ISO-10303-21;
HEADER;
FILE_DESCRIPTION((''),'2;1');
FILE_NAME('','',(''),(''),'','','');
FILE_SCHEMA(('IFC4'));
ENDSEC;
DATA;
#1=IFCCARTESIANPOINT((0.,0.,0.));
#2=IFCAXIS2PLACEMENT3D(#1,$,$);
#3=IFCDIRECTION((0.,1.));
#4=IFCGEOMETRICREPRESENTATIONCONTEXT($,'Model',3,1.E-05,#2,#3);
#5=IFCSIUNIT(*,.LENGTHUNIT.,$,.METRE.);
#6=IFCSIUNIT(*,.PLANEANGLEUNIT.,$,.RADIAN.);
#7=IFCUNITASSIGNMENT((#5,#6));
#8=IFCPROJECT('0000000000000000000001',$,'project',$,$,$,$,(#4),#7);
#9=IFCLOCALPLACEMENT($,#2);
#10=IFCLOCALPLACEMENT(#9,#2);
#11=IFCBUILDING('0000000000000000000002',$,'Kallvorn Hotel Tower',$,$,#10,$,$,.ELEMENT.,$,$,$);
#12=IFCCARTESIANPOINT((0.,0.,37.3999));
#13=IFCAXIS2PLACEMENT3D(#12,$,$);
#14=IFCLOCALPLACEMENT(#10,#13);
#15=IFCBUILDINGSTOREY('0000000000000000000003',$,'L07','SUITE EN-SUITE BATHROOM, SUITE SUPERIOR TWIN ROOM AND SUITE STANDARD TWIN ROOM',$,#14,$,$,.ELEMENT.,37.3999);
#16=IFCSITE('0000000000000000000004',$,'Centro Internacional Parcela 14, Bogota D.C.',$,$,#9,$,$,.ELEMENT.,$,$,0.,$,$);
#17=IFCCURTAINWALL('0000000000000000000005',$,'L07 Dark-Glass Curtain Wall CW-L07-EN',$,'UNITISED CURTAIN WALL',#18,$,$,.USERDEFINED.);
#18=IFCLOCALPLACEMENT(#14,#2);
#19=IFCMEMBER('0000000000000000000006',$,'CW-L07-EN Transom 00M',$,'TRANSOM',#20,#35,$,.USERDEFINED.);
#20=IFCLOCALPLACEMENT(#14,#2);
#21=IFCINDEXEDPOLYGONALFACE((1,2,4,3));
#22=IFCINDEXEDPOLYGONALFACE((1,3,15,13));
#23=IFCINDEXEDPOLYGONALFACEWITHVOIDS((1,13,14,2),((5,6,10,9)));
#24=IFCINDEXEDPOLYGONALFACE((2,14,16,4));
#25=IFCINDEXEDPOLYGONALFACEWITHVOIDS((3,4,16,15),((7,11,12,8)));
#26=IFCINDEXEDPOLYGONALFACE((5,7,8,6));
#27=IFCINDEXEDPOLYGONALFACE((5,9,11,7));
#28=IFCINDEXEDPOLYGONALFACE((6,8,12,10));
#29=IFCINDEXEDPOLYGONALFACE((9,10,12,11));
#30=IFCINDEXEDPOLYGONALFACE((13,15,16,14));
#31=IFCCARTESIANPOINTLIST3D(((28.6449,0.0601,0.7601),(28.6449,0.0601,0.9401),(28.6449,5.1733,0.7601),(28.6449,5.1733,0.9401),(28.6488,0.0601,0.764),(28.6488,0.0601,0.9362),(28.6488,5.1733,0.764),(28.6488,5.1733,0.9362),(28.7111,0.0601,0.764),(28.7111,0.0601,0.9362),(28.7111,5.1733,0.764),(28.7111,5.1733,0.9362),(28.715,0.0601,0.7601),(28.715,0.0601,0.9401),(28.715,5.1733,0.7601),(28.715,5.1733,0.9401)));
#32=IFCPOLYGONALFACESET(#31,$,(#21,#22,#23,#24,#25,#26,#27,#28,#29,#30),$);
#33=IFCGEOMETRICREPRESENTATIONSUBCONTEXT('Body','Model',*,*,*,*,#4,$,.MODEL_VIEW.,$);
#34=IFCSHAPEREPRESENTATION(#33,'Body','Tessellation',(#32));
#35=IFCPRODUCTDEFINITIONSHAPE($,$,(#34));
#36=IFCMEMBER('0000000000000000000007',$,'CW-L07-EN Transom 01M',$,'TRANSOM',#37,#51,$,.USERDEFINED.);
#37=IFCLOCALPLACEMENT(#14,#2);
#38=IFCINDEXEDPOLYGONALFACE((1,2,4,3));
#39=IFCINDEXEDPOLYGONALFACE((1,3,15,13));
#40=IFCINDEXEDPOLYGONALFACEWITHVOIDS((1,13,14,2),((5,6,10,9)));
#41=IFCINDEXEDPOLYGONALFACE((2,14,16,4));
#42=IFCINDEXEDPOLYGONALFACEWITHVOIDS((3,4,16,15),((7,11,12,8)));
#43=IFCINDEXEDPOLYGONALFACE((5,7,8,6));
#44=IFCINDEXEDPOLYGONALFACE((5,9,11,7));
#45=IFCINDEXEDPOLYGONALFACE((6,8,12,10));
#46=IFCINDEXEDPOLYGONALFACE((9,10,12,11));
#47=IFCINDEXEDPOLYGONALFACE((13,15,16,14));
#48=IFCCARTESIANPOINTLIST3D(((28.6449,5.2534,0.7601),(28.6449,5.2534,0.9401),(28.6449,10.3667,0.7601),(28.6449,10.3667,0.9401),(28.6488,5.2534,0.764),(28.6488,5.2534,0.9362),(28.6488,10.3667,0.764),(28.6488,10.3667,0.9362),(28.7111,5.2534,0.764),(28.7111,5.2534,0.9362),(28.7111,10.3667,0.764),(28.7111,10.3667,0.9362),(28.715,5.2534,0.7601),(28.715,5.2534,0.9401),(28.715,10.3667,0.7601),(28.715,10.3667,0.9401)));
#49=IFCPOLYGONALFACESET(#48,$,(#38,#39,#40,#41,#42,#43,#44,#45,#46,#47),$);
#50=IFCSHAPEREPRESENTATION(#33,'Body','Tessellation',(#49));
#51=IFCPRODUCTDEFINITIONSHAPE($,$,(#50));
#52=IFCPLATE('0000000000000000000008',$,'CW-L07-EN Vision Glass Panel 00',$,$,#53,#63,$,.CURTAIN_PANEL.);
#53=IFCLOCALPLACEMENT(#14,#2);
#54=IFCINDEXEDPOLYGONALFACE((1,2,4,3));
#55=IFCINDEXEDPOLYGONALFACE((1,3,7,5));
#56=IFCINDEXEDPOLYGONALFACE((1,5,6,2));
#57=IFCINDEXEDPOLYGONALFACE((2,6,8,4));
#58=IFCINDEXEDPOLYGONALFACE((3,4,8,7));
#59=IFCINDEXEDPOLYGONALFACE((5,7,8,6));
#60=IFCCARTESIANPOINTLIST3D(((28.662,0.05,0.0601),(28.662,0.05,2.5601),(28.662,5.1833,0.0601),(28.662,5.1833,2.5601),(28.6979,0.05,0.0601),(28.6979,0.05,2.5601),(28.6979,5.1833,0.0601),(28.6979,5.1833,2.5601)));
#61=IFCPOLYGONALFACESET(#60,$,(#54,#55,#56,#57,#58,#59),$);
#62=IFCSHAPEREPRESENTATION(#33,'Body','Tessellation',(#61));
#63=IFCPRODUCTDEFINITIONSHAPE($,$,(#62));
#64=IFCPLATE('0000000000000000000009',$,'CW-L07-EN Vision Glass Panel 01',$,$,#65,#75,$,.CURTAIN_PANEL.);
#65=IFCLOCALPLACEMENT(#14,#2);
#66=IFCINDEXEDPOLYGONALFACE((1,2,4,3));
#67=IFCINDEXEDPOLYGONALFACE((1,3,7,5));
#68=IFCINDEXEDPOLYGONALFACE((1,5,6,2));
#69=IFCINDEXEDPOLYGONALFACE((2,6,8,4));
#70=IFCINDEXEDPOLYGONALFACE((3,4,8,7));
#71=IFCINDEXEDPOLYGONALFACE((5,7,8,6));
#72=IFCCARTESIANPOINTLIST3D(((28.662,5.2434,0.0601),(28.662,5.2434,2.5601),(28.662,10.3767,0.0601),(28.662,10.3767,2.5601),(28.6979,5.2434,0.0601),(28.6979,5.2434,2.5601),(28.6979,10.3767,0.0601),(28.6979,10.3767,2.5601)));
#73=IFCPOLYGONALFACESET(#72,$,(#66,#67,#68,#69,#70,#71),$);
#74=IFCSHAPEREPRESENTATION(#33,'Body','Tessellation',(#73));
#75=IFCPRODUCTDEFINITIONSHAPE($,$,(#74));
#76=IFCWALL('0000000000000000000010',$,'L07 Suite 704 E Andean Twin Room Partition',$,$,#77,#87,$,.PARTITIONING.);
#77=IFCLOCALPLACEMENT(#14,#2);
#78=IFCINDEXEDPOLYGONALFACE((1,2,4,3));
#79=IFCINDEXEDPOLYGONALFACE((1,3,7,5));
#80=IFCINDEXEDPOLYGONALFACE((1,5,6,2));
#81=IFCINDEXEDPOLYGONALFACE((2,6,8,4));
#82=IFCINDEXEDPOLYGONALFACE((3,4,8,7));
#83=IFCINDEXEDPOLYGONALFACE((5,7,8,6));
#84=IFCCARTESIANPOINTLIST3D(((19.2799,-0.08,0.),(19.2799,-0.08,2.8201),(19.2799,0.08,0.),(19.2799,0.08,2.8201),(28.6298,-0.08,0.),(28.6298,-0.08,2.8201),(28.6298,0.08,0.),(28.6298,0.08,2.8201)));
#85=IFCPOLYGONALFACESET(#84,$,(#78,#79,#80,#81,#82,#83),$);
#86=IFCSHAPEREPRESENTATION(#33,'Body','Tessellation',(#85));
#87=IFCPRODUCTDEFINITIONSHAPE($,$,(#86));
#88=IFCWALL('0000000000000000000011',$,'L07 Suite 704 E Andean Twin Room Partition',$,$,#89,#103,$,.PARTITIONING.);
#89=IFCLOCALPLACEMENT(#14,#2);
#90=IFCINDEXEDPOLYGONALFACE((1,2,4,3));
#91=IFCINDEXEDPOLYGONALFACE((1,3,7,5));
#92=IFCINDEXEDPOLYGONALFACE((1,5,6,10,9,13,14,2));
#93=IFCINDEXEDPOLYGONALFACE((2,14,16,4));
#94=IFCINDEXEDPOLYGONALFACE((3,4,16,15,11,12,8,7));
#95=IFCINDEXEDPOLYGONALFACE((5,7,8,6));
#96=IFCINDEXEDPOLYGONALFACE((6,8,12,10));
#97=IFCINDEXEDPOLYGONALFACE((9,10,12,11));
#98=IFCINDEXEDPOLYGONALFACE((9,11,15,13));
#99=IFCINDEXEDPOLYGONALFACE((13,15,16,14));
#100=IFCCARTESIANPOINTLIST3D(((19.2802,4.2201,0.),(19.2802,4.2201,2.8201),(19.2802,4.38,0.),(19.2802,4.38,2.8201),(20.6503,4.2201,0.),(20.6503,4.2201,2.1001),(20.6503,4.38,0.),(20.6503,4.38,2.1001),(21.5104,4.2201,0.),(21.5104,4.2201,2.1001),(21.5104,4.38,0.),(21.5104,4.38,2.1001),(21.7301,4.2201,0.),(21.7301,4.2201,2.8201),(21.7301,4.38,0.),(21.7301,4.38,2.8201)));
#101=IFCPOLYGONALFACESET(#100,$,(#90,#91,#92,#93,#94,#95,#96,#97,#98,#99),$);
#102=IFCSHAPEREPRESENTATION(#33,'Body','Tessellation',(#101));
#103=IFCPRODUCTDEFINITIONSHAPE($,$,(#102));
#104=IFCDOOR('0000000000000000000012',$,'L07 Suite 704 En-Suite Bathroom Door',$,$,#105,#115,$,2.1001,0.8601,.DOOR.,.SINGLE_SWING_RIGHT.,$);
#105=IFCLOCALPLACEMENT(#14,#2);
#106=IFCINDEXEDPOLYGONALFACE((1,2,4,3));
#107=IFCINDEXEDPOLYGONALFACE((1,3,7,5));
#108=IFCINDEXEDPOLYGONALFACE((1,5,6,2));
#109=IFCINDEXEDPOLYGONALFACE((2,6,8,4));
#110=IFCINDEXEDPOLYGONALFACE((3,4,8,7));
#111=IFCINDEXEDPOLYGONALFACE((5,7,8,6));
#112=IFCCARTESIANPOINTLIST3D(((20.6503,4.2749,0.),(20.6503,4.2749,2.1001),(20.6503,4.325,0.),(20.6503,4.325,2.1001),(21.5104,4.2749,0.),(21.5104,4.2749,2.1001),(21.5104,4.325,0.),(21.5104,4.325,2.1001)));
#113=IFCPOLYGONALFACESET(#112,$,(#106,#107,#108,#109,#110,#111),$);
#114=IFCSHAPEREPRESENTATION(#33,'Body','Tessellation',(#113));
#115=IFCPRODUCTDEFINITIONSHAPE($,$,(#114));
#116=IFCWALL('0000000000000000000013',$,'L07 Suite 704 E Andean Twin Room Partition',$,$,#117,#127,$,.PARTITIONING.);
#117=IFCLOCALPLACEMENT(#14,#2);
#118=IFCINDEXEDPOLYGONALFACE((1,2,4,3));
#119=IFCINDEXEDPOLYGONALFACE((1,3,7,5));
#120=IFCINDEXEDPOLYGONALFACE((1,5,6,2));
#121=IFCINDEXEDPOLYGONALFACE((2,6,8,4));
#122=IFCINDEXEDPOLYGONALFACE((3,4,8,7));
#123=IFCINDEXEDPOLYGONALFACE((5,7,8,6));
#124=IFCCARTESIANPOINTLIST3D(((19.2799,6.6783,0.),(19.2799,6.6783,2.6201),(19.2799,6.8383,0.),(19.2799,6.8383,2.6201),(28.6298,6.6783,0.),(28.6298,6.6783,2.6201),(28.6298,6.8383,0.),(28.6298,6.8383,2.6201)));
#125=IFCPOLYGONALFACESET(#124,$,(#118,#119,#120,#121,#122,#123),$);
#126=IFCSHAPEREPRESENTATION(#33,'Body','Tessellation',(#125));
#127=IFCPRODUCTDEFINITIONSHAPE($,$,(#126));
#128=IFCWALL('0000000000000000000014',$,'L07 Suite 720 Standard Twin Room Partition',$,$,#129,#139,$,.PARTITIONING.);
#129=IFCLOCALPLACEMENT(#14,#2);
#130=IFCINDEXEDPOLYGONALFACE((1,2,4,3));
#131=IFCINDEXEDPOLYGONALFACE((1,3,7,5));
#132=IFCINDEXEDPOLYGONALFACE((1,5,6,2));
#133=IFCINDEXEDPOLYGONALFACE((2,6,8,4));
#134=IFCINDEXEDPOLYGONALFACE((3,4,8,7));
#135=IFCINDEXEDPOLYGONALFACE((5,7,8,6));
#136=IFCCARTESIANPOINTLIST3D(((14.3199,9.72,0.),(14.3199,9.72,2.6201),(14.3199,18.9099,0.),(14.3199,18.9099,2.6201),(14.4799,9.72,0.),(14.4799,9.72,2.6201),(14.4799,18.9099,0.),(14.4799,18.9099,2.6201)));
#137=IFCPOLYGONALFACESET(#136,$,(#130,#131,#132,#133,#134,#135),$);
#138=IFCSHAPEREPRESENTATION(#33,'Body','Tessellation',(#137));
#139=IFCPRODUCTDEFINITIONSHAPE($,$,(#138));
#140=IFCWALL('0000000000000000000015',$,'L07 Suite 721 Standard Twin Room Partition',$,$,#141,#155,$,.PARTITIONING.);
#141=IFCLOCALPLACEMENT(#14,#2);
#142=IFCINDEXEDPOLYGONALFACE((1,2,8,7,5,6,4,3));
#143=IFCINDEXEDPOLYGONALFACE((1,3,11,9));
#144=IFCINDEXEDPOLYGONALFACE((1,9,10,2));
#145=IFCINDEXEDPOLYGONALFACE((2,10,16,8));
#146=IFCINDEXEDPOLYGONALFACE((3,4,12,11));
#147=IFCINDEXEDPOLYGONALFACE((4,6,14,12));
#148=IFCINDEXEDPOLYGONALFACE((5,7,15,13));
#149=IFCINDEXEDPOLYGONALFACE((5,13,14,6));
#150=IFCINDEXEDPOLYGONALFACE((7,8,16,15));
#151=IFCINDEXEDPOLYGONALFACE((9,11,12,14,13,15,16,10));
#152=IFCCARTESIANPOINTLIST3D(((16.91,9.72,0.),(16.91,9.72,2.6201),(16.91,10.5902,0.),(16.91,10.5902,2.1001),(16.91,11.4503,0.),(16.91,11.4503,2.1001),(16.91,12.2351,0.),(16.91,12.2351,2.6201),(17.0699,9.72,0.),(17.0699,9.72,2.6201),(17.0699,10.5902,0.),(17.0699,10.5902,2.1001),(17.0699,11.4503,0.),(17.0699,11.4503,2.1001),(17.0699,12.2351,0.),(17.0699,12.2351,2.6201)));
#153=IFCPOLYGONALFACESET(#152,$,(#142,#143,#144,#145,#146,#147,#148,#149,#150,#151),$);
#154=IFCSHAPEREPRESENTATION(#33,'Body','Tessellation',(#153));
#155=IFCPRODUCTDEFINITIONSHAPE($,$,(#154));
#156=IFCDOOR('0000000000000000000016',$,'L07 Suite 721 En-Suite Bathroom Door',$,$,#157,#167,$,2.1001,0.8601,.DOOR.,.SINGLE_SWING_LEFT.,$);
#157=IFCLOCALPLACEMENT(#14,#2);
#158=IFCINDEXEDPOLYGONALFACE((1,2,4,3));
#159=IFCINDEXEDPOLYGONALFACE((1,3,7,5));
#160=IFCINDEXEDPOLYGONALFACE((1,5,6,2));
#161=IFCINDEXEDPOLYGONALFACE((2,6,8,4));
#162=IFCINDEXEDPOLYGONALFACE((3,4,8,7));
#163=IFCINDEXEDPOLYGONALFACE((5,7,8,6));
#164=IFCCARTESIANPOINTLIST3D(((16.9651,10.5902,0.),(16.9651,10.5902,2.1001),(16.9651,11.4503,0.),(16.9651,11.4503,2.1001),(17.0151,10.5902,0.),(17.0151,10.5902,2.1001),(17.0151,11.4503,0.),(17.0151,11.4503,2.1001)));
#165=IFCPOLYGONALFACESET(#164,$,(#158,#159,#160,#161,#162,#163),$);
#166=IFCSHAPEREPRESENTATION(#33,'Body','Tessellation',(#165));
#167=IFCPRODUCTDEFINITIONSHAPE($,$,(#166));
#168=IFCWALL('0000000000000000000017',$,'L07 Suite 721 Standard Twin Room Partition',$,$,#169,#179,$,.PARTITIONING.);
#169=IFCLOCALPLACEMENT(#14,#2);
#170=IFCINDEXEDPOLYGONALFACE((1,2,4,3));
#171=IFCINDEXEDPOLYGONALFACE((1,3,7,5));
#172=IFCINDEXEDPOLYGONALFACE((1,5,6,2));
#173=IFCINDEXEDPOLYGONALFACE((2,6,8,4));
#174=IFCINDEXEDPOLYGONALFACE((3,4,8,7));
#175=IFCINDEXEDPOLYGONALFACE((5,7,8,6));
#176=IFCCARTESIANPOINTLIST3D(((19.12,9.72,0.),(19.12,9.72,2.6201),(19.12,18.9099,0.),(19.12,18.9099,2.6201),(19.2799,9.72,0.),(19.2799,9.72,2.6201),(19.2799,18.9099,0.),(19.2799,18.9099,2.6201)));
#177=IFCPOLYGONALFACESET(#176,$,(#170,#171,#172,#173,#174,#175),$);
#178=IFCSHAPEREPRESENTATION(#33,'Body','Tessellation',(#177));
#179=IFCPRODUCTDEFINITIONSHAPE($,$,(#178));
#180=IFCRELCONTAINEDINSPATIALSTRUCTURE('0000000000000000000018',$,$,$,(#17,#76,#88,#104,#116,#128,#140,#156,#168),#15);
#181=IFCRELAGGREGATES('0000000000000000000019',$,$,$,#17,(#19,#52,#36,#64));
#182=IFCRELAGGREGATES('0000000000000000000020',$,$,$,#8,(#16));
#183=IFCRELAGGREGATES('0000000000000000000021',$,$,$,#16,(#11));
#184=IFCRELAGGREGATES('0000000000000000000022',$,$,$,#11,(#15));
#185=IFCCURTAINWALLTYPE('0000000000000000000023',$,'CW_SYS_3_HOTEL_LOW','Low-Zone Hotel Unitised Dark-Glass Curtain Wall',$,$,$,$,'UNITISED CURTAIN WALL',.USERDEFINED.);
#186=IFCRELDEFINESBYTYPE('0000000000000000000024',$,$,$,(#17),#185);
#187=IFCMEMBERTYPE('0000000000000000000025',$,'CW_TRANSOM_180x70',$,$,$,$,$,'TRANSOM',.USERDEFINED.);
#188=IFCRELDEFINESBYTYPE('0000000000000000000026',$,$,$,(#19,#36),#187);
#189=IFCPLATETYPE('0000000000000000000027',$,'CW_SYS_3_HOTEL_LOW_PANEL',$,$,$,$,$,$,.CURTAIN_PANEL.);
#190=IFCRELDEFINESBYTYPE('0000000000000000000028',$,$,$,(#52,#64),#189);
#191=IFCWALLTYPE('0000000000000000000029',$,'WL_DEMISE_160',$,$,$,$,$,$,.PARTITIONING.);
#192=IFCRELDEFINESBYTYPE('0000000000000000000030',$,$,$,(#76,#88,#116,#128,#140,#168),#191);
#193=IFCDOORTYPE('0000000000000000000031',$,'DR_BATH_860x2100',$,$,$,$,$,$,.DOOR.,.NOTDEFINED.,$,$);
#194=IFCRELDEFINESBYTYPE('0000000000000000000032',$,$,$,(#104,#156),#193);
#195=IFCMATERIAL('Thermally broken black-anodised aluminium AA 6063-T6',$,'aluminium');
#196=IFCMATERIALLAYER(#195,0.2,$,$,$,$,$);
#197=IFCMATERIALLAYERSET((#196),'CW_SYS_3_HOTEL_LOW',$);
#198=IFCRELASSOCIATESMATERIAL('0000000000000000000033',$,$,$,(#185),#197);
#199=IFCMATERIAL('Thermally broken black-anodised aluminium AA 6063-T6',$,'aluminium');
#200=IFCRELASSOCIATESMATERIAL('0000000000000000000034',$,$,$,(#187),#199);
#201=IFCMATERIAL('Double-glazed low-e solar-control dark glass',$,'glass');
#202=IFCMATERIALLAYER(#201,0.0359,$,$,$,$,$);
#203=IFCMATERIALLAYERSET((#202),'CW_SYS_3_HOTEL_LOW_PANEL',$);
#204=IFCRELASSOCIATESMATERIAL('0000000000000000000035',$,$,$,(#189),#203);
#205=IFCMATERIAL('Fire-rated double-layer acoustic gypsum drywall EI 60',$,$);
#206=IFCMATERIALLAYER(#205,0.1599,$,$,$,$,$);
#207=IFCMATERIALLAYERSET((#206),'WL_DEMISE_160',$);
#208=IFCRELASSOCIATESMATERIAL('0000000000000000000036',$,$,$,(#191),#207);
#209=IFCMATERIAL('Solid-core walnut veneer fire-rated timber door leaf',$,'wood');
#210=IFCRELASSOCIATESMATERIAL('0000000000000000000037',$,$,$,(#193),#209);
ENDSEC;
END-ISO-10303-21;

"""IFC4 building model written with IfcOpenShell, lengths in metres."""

from ifc_helpers import new_model, si_unit, direction, frame, frame_2d, origin, origin_2d, place, context, subcontext, project, spatial, rectangle, hollow_rectangle, extrude, material, layer, layer_set, material_profile, profile_set, type_object, element, fill, aggregate, save


model = new_model("IFC4")

# Units and contexts
model_context = context("Model", 3, precision=1e-05, world=origin(), true_north=direction((0.0, 1.0)))
body_context = subcontext(model_context, "Body", "Model", "MODEL_VIEW")
ifc_project = project(units=[si_unit("LENGTHUNIT", "METRE"), si_unit("PLANEANGLEUNIT", "RADIAN")], contexts=[model_context])

# Site, building, storey
site_placement = place(None, origin())
site = spatial("IfcSite", under=ifc_project, at=site_placement, Name="Centro Internacional Parcela 14, Bogota D.C.", CompositionType="ELEMENT", RefElevation=0.0)
building_placement = place(site_placement, origin())
building = spatial("IfcBuilding", under=site, at=building_placement, Name="Kallvorn Hotel Tower", CompositionType="ELEMENT")
storey_placement = place(building_placement, frame((0.0, 0.0, 37.3999)))
storey = spatial("IfcBuildingStorey", under=building, at=storey_placement, Name="L07", Description="SUITE EN-SUITE BATHROOM, SUITE SUPERIOR TWIN ROOM AND SUITE STANDARD TWIN ROOM", CompositionType="ELEMENT", Elevation=37.3999)

# Curtain wall, members, plates
ifc_material_1 = material(Name="Thermally broken black-anodised aluminium AA 6063-T6", Category="aluminium")
ifc_layer_1 = layer(ifc_material_1, 0.2)
ifc_layer_set_1 = layer_set([ifc_layer_1], Name="CW_SYS_3_HOTEL_LOW")
curtain_wall_type = type_object("IfcCurtainWallType", Name="CW_SYS_3_HOTEL_LOW", Description="Low-Zone Hotel Unitised Dark-Glass Curtain Wall", ElementType="UNITISED CURTAIN WALL", PredefinedType="USERDEFINED", material=ifc_layer_set_1)
curtain_wall_placement = place(storey_placement, origin())
curtain_wall = element("IfcCurtainWall", 1, at=curtain_wall_placement, inside=storey, type_object=curtain_wall_type, Name="L07 Dark-Glass Curtain Wall CW-L07-EN", ObjectType="UNITISED CURTAIN WALL", PredefinedType="USERDEFINED")
ifc_material_2 = material(Name="Thermally broken black-anodised aluminium AA 6063-T6", Category="aluminium")
ifc_material_profile_1 = material_profile(ifc_material_2, hollow_rectangle(XDim=0.0701, YDim=0.1799, WallThickness=0.0039, at=origin_2d()), Name="TRN 180x70")
ifc_profile_set_1 = profile_set([ifc_material_profile_1], Name="Thermally broken black-anodised aluminium AA 6063-T6")
member_type_1 = type_object("IfcMemberType", Name="CW_TRANSOM_180x70", ElementType="TRANSOM", PredefinedType="USERDEFINED", material=ifc_profile_set_1)
member_1_placement = place(storey_placement, frame((28.6799, 0.0601, 0.8501), z_axis=(0.0, 1.0, 0.0), x_axis=(-1.0, 0.0, 0.0)))
member_1 = element("IfcMember", 2, at=member_1_placement, type_object=member_type_1, Name="CW-L07-EN Transom 00M", ObjectType="TRANSOM", PredefinedType="USERDEFINED", context=body_context, shape_type="SweptSolid", body=[
    extrude(hollow_rectangle(XDim=0.0701, YDim=0.1799, WallThickness=0.0039, at=origin_2d()), origin(), (0.0, 0.0, 1.0), 5.1133),
])
member_2_placement = place(storey_placement, frame((28.6799, 5.2534, 0.8501), z_axis=(0.0, 1.0, 0.0), x_axis=(-1.0, 0.0, 0.0)))
member_2 = element("IfcMember", 3, at=member_2_placement, type_object=member_type_1, Name="CW-L07-EN Transom 01M", ObjectType="TRANSOM", PredefinedType="USERDEFINED", context=body_context, shape_type="SweptSolid", body=[
    extrude(hollow_rectangle(XDim=0.0701, YDim=0.1799, WallThickness=0.0039, at=origin_2d()), origin(), (0.0, 0.0, 1.0), 5.1133),
])
ifc_material_3 = material(Name="Double-glazed low-e solar-control dark glass", Category="glass")
ifc_layer_2 = layer(ifc_material_3, 0.0359)
ifc_layer_set_2 = layer_set([ifc_layer_2], Name="CW_SYS_3_HOTEL_LOW_PANEL")
plate_type = type_object("IfcPlateType", Name="CW_SYS_3_HOTEL_LOW_PANEL", PredefinedType="CURTAIN_PANEL", material=ifc_layer_set_2)
plate_1_placement = place(storey_placement, frame((28.6799, 2.6167, 0.0601), z_axis=(0.0, 0.0, 1.0), x_axis=(0.0, 1.0, 0.0)))
plate_1 = element("IfcPlate", 4, at=plate_1_placement, type_object=plate_type, Name="CW-L07-EN Vision Glass Panel 00", PredefinedType="CURTAIN_PANEL", context=body_context, shape_type="SweptSolid", body=[
    extrude(rectangle(XDim=5.1333, YDim=0.0359, at=origin_2d()), origin(), (0.0, 0.0, 1.0), 2.5),
])
plate_2_placement = place(storey_placement, frame((28.6799, 7.8101, 0.0601), z_axis=(0.0, 0.0, 1.0), x_axis=(0.0, 1.0, 0.0)))
plate_2 = element("IfcPlate", 5, at=plate_2_placement, type_object=plate_type, Name="CW-L07-EN Vision Glass Panel 01", PredefinedType="CURTAIN_PANEL", context=body_context, shape_type="SweptSolid", body=[
    extrude(rectangle(XDim=5.1333, YDim=0.0359, at=origin_2d()), origin(), (0.0, 0.0, 1.0), 2.5),
])
aggregate(curtain_wall, [member_1, plate_1, member_2, plate_2])

# Wall
ifc_material_4 = material(Name="Fire-rated double-layer acoustic gypsum drywall EI 60")
ifc_layer_3 = layer(ifc_material_4, 0.1599)
ifc_layer_set_3 = layer_set([ifc_layer_3], Name="WL_DEMISE_160")
wall_type = type_object("IfcWallType", Name="WL_DEMISE_160", PredefinedType="PARTITIONING", material=ifc_layer_set_3)
wall_1_placement = place(storey_placement, frame((19.28, 0.0, 0.0), z_axis=(0.0, 0.0, 1.0), x_axis=(1.0, 0.0, 0.0)))
element("IfcWall", 6, at=wall_1_placement, inside=storey, type_object=wall_type, Name="L07 Suite 704 E Andean Twin Room Partition", PredefinedType="PARTITIONING", context=body_context, shape_type="SweptSolid", body=[
    extrude(rectangle(XDim=9.3499, YDim=0.1599, at=frame_2d((4.6748, 0.0))), origin(), (0.0, 0.0, 1.0), 2.8201),
])

# Wall, opening, door
wall_2_placement = place(storey_placement, frame((19.28, 4.3, 0.0), z_axis=(0.0, 0.0, 1.0), x_axis=(1.0, 0.0, 0.0)))
wall_2 = element("IfcWall", 7, at=wall_2_placement, inside=storey, type_object=wall_type, Name="L07 Suite 704 E Andean Twin Room Partition", PredefinedType="PARTITIONING", context=body_context, shape_type="SweptSolid", body=[
    extrude(rectangle(XDim=2.45, YDim=0.1599, at=frame_2d((1.2251, 0.0))), origin(), (0.0, 0.0, 1.0), 2.8201),
])
opening_1_placement = place(wall_2_placement, frame((1.3701, 0.0, 0.0)))
opening_1 = element("IfcOpeningElement", 8, at=opening_1_placement, cuts=wall_2, PredefinedType="OPENING", context=body_context, shape_type="SweptSolid", body=[
    extrude(rectangle(XDim=0.8601, YDim=2.1001, at=frame_2d((0.4302, 1.05))), frame((0.0, 0.095, 0.0), z_axis=(0.0, -1.0, 0.0), x_axis=(1.0, 0.0, 0.0)), (0.0, 0.0, 1.0), 0.1899),
])
ifc_material_5 = material(Name="Solid-core walnut veneer fire-rated timber door leaf", Category="wood")
door_type = type_object("IfcDoorType", Name="DR_BATH_860x2100", OperationType="NOTDEFINED", PredefinedType="DOOR", material=ifc_material_5)
door_1_placement = place(opening_1_placement, origin())
door_1 = element("IfcDoor", 9, at=door_1_placement, inside=storey, type_object=door_type, Name="L07 Suite 704 En-Suite Bathroom Door", OperationType="SINGLE_SWING_RIGHT", OverallHeight=2.1001, OverallWidth=0.8601, PredefinedType="DOOR", context=body_context, shape_type="SweptSolid", body=[
    extrude(rectangle(XDim=0.8601, YDim=2.1001, at=frame_2d((0.4302, 1.05))), frame((0.0, 0.0249, 0.0), z_axis=(0.0, -1.0, 0.0), x_axis=(1.0, 0.0, 0.0)), (0.0, 0.0, 1.0), 0.05),
])
fill(opening_1, door_1)

# Walls
wall_3_placement = place(storey_placement, frame((19.28, 6.7583, 0.0), z_axis=(0.0, 0.0, 1.0), x_axis=(1.0, 0.0, 0.0)))
element("IfcWall", 10, at=wall_3_placement, inside=storey, type_object=wall_type, Name="L07 Suite 704 E Andean Twin Room Partition", PredefinedType="PARTITIONING", context=body_context, shape_type="SweptSolid", body=[
    extrude(rectangle(XDim=9.3499, YDim=0.1599, at=frame_2d((4.6748, 0.0))), origin(), (0.0, 0.0, 1.0), 2.6201),
])
wall_4_placement = place(storey_placement, frame((14.3999, 9.72, 0.0), z_axis=(0.0, 0.0, 1.0), x_axis=(0.0, 1.0, 0.0)))
element("IfcWall", 11, at=wall_4_placement, inside=storey, type_object=wall_type, Name="L07 Suite 720 Standard Twin Room Partition", PredefinedType="PARTITIONING", context=body_context, shape_type="SweptSolid", body=[
    extrude(rectangle(XDim=9.1899, YDim=0.1599, at=frame_2d((4.595, 0.0))), origin(), (0.0, 0.0, 1.0), 2.6201),
])

# Wall, opening, door
wall_5_placement = place(storey_placement, frame((16.99, 9.72, 0.0), z_axis=(0.0, 0.0, 1.0), x_axis=(0.0, 1.0, 0.0)))
wall_5 = element("IfcWall", 12, at=wall_5_placement, inside=storey, type_object=wall_type, Name="L07 Suite 721 Standard Twin Room Partition", PredefinedType="PARTITIONING", context=body_context, shape_type="SweptSolid", body=[
    extrude(rectangle(XDim=2.5151, YDim=0.1599, at=frame_2d((1.2576, 0.0))), origin(), (0.0, 0.0, 1.0), 2.6201),
])
opening_2_placement = place(wall_5_placement, frame((0.8701, 0.0, 0.0)))
opening_2 = element("IfcOpeningElement", 13, at=opening_2_placement, cuts=wall_5, PredefinedType="OPENING", context=body_context, shape_type="SweptSolid", body=[
    extrude(rectangle(XDim=0.8601, YDim=2.1001, at=frame_2d((0.4302, 1.05))), frame((0.0, 0.095, 0.0), z_axis=(0.0, -1.0, 0.0), x_axis=(1.0, 0.0, 0.0)), (0.0, 0.0, 1.0), 0.1899),
])
door_2_placement = place(opening_2_placement, origin())
door_2 = element("IfcDoor", 14, at=door_2_placement, inside=storey, type_object=door_type, Name="L07 Suite 721 En-Suite Bathroom Door", OperationType="SINGLE_SWING_LEFT", OverallHeight=2.1001, OverallWidth=0.8601, PredefinedType="DOOR", context=body_context, shape_type="SweptSolid", body=[
    extrude(rectangle(XDim=0.8601, YDim=2.1001, at=frame_2d((0.4302, 1.05))), frame((0.0, 0.0249, 0.0), z_axis=(0.0, -1.0, 0.0), x_axis=(1.0, 0.0, 0.0)), (0.0, 0.0, 1.0), 0.05),
])
fill(opening_2, door_2)

# Wall
wall_6_placement = place(storey_placement, frame((19.2, 9.72, 0.0), z_axis=(0.0, 0.0, 1.0), x_axis=(0.0, 1.0, 0.0)))
element("IfcWall", 15, at=wall_6_placement, inside=storey, type_object=wall_type, Name="L07 Suite 721 Standard Twin Room Partition", PredefinedType="PARTITIONING", context=body_context, shape_type="SweptSolid", body=[
    extrude(rectangle(XDim=9.1899, YDim=0.1599, at=frame_2d((4.595, 0.0))), origin(), (0.0, 0.0, 1.0), 2.6201),
])

save(model, "model.ifc")
